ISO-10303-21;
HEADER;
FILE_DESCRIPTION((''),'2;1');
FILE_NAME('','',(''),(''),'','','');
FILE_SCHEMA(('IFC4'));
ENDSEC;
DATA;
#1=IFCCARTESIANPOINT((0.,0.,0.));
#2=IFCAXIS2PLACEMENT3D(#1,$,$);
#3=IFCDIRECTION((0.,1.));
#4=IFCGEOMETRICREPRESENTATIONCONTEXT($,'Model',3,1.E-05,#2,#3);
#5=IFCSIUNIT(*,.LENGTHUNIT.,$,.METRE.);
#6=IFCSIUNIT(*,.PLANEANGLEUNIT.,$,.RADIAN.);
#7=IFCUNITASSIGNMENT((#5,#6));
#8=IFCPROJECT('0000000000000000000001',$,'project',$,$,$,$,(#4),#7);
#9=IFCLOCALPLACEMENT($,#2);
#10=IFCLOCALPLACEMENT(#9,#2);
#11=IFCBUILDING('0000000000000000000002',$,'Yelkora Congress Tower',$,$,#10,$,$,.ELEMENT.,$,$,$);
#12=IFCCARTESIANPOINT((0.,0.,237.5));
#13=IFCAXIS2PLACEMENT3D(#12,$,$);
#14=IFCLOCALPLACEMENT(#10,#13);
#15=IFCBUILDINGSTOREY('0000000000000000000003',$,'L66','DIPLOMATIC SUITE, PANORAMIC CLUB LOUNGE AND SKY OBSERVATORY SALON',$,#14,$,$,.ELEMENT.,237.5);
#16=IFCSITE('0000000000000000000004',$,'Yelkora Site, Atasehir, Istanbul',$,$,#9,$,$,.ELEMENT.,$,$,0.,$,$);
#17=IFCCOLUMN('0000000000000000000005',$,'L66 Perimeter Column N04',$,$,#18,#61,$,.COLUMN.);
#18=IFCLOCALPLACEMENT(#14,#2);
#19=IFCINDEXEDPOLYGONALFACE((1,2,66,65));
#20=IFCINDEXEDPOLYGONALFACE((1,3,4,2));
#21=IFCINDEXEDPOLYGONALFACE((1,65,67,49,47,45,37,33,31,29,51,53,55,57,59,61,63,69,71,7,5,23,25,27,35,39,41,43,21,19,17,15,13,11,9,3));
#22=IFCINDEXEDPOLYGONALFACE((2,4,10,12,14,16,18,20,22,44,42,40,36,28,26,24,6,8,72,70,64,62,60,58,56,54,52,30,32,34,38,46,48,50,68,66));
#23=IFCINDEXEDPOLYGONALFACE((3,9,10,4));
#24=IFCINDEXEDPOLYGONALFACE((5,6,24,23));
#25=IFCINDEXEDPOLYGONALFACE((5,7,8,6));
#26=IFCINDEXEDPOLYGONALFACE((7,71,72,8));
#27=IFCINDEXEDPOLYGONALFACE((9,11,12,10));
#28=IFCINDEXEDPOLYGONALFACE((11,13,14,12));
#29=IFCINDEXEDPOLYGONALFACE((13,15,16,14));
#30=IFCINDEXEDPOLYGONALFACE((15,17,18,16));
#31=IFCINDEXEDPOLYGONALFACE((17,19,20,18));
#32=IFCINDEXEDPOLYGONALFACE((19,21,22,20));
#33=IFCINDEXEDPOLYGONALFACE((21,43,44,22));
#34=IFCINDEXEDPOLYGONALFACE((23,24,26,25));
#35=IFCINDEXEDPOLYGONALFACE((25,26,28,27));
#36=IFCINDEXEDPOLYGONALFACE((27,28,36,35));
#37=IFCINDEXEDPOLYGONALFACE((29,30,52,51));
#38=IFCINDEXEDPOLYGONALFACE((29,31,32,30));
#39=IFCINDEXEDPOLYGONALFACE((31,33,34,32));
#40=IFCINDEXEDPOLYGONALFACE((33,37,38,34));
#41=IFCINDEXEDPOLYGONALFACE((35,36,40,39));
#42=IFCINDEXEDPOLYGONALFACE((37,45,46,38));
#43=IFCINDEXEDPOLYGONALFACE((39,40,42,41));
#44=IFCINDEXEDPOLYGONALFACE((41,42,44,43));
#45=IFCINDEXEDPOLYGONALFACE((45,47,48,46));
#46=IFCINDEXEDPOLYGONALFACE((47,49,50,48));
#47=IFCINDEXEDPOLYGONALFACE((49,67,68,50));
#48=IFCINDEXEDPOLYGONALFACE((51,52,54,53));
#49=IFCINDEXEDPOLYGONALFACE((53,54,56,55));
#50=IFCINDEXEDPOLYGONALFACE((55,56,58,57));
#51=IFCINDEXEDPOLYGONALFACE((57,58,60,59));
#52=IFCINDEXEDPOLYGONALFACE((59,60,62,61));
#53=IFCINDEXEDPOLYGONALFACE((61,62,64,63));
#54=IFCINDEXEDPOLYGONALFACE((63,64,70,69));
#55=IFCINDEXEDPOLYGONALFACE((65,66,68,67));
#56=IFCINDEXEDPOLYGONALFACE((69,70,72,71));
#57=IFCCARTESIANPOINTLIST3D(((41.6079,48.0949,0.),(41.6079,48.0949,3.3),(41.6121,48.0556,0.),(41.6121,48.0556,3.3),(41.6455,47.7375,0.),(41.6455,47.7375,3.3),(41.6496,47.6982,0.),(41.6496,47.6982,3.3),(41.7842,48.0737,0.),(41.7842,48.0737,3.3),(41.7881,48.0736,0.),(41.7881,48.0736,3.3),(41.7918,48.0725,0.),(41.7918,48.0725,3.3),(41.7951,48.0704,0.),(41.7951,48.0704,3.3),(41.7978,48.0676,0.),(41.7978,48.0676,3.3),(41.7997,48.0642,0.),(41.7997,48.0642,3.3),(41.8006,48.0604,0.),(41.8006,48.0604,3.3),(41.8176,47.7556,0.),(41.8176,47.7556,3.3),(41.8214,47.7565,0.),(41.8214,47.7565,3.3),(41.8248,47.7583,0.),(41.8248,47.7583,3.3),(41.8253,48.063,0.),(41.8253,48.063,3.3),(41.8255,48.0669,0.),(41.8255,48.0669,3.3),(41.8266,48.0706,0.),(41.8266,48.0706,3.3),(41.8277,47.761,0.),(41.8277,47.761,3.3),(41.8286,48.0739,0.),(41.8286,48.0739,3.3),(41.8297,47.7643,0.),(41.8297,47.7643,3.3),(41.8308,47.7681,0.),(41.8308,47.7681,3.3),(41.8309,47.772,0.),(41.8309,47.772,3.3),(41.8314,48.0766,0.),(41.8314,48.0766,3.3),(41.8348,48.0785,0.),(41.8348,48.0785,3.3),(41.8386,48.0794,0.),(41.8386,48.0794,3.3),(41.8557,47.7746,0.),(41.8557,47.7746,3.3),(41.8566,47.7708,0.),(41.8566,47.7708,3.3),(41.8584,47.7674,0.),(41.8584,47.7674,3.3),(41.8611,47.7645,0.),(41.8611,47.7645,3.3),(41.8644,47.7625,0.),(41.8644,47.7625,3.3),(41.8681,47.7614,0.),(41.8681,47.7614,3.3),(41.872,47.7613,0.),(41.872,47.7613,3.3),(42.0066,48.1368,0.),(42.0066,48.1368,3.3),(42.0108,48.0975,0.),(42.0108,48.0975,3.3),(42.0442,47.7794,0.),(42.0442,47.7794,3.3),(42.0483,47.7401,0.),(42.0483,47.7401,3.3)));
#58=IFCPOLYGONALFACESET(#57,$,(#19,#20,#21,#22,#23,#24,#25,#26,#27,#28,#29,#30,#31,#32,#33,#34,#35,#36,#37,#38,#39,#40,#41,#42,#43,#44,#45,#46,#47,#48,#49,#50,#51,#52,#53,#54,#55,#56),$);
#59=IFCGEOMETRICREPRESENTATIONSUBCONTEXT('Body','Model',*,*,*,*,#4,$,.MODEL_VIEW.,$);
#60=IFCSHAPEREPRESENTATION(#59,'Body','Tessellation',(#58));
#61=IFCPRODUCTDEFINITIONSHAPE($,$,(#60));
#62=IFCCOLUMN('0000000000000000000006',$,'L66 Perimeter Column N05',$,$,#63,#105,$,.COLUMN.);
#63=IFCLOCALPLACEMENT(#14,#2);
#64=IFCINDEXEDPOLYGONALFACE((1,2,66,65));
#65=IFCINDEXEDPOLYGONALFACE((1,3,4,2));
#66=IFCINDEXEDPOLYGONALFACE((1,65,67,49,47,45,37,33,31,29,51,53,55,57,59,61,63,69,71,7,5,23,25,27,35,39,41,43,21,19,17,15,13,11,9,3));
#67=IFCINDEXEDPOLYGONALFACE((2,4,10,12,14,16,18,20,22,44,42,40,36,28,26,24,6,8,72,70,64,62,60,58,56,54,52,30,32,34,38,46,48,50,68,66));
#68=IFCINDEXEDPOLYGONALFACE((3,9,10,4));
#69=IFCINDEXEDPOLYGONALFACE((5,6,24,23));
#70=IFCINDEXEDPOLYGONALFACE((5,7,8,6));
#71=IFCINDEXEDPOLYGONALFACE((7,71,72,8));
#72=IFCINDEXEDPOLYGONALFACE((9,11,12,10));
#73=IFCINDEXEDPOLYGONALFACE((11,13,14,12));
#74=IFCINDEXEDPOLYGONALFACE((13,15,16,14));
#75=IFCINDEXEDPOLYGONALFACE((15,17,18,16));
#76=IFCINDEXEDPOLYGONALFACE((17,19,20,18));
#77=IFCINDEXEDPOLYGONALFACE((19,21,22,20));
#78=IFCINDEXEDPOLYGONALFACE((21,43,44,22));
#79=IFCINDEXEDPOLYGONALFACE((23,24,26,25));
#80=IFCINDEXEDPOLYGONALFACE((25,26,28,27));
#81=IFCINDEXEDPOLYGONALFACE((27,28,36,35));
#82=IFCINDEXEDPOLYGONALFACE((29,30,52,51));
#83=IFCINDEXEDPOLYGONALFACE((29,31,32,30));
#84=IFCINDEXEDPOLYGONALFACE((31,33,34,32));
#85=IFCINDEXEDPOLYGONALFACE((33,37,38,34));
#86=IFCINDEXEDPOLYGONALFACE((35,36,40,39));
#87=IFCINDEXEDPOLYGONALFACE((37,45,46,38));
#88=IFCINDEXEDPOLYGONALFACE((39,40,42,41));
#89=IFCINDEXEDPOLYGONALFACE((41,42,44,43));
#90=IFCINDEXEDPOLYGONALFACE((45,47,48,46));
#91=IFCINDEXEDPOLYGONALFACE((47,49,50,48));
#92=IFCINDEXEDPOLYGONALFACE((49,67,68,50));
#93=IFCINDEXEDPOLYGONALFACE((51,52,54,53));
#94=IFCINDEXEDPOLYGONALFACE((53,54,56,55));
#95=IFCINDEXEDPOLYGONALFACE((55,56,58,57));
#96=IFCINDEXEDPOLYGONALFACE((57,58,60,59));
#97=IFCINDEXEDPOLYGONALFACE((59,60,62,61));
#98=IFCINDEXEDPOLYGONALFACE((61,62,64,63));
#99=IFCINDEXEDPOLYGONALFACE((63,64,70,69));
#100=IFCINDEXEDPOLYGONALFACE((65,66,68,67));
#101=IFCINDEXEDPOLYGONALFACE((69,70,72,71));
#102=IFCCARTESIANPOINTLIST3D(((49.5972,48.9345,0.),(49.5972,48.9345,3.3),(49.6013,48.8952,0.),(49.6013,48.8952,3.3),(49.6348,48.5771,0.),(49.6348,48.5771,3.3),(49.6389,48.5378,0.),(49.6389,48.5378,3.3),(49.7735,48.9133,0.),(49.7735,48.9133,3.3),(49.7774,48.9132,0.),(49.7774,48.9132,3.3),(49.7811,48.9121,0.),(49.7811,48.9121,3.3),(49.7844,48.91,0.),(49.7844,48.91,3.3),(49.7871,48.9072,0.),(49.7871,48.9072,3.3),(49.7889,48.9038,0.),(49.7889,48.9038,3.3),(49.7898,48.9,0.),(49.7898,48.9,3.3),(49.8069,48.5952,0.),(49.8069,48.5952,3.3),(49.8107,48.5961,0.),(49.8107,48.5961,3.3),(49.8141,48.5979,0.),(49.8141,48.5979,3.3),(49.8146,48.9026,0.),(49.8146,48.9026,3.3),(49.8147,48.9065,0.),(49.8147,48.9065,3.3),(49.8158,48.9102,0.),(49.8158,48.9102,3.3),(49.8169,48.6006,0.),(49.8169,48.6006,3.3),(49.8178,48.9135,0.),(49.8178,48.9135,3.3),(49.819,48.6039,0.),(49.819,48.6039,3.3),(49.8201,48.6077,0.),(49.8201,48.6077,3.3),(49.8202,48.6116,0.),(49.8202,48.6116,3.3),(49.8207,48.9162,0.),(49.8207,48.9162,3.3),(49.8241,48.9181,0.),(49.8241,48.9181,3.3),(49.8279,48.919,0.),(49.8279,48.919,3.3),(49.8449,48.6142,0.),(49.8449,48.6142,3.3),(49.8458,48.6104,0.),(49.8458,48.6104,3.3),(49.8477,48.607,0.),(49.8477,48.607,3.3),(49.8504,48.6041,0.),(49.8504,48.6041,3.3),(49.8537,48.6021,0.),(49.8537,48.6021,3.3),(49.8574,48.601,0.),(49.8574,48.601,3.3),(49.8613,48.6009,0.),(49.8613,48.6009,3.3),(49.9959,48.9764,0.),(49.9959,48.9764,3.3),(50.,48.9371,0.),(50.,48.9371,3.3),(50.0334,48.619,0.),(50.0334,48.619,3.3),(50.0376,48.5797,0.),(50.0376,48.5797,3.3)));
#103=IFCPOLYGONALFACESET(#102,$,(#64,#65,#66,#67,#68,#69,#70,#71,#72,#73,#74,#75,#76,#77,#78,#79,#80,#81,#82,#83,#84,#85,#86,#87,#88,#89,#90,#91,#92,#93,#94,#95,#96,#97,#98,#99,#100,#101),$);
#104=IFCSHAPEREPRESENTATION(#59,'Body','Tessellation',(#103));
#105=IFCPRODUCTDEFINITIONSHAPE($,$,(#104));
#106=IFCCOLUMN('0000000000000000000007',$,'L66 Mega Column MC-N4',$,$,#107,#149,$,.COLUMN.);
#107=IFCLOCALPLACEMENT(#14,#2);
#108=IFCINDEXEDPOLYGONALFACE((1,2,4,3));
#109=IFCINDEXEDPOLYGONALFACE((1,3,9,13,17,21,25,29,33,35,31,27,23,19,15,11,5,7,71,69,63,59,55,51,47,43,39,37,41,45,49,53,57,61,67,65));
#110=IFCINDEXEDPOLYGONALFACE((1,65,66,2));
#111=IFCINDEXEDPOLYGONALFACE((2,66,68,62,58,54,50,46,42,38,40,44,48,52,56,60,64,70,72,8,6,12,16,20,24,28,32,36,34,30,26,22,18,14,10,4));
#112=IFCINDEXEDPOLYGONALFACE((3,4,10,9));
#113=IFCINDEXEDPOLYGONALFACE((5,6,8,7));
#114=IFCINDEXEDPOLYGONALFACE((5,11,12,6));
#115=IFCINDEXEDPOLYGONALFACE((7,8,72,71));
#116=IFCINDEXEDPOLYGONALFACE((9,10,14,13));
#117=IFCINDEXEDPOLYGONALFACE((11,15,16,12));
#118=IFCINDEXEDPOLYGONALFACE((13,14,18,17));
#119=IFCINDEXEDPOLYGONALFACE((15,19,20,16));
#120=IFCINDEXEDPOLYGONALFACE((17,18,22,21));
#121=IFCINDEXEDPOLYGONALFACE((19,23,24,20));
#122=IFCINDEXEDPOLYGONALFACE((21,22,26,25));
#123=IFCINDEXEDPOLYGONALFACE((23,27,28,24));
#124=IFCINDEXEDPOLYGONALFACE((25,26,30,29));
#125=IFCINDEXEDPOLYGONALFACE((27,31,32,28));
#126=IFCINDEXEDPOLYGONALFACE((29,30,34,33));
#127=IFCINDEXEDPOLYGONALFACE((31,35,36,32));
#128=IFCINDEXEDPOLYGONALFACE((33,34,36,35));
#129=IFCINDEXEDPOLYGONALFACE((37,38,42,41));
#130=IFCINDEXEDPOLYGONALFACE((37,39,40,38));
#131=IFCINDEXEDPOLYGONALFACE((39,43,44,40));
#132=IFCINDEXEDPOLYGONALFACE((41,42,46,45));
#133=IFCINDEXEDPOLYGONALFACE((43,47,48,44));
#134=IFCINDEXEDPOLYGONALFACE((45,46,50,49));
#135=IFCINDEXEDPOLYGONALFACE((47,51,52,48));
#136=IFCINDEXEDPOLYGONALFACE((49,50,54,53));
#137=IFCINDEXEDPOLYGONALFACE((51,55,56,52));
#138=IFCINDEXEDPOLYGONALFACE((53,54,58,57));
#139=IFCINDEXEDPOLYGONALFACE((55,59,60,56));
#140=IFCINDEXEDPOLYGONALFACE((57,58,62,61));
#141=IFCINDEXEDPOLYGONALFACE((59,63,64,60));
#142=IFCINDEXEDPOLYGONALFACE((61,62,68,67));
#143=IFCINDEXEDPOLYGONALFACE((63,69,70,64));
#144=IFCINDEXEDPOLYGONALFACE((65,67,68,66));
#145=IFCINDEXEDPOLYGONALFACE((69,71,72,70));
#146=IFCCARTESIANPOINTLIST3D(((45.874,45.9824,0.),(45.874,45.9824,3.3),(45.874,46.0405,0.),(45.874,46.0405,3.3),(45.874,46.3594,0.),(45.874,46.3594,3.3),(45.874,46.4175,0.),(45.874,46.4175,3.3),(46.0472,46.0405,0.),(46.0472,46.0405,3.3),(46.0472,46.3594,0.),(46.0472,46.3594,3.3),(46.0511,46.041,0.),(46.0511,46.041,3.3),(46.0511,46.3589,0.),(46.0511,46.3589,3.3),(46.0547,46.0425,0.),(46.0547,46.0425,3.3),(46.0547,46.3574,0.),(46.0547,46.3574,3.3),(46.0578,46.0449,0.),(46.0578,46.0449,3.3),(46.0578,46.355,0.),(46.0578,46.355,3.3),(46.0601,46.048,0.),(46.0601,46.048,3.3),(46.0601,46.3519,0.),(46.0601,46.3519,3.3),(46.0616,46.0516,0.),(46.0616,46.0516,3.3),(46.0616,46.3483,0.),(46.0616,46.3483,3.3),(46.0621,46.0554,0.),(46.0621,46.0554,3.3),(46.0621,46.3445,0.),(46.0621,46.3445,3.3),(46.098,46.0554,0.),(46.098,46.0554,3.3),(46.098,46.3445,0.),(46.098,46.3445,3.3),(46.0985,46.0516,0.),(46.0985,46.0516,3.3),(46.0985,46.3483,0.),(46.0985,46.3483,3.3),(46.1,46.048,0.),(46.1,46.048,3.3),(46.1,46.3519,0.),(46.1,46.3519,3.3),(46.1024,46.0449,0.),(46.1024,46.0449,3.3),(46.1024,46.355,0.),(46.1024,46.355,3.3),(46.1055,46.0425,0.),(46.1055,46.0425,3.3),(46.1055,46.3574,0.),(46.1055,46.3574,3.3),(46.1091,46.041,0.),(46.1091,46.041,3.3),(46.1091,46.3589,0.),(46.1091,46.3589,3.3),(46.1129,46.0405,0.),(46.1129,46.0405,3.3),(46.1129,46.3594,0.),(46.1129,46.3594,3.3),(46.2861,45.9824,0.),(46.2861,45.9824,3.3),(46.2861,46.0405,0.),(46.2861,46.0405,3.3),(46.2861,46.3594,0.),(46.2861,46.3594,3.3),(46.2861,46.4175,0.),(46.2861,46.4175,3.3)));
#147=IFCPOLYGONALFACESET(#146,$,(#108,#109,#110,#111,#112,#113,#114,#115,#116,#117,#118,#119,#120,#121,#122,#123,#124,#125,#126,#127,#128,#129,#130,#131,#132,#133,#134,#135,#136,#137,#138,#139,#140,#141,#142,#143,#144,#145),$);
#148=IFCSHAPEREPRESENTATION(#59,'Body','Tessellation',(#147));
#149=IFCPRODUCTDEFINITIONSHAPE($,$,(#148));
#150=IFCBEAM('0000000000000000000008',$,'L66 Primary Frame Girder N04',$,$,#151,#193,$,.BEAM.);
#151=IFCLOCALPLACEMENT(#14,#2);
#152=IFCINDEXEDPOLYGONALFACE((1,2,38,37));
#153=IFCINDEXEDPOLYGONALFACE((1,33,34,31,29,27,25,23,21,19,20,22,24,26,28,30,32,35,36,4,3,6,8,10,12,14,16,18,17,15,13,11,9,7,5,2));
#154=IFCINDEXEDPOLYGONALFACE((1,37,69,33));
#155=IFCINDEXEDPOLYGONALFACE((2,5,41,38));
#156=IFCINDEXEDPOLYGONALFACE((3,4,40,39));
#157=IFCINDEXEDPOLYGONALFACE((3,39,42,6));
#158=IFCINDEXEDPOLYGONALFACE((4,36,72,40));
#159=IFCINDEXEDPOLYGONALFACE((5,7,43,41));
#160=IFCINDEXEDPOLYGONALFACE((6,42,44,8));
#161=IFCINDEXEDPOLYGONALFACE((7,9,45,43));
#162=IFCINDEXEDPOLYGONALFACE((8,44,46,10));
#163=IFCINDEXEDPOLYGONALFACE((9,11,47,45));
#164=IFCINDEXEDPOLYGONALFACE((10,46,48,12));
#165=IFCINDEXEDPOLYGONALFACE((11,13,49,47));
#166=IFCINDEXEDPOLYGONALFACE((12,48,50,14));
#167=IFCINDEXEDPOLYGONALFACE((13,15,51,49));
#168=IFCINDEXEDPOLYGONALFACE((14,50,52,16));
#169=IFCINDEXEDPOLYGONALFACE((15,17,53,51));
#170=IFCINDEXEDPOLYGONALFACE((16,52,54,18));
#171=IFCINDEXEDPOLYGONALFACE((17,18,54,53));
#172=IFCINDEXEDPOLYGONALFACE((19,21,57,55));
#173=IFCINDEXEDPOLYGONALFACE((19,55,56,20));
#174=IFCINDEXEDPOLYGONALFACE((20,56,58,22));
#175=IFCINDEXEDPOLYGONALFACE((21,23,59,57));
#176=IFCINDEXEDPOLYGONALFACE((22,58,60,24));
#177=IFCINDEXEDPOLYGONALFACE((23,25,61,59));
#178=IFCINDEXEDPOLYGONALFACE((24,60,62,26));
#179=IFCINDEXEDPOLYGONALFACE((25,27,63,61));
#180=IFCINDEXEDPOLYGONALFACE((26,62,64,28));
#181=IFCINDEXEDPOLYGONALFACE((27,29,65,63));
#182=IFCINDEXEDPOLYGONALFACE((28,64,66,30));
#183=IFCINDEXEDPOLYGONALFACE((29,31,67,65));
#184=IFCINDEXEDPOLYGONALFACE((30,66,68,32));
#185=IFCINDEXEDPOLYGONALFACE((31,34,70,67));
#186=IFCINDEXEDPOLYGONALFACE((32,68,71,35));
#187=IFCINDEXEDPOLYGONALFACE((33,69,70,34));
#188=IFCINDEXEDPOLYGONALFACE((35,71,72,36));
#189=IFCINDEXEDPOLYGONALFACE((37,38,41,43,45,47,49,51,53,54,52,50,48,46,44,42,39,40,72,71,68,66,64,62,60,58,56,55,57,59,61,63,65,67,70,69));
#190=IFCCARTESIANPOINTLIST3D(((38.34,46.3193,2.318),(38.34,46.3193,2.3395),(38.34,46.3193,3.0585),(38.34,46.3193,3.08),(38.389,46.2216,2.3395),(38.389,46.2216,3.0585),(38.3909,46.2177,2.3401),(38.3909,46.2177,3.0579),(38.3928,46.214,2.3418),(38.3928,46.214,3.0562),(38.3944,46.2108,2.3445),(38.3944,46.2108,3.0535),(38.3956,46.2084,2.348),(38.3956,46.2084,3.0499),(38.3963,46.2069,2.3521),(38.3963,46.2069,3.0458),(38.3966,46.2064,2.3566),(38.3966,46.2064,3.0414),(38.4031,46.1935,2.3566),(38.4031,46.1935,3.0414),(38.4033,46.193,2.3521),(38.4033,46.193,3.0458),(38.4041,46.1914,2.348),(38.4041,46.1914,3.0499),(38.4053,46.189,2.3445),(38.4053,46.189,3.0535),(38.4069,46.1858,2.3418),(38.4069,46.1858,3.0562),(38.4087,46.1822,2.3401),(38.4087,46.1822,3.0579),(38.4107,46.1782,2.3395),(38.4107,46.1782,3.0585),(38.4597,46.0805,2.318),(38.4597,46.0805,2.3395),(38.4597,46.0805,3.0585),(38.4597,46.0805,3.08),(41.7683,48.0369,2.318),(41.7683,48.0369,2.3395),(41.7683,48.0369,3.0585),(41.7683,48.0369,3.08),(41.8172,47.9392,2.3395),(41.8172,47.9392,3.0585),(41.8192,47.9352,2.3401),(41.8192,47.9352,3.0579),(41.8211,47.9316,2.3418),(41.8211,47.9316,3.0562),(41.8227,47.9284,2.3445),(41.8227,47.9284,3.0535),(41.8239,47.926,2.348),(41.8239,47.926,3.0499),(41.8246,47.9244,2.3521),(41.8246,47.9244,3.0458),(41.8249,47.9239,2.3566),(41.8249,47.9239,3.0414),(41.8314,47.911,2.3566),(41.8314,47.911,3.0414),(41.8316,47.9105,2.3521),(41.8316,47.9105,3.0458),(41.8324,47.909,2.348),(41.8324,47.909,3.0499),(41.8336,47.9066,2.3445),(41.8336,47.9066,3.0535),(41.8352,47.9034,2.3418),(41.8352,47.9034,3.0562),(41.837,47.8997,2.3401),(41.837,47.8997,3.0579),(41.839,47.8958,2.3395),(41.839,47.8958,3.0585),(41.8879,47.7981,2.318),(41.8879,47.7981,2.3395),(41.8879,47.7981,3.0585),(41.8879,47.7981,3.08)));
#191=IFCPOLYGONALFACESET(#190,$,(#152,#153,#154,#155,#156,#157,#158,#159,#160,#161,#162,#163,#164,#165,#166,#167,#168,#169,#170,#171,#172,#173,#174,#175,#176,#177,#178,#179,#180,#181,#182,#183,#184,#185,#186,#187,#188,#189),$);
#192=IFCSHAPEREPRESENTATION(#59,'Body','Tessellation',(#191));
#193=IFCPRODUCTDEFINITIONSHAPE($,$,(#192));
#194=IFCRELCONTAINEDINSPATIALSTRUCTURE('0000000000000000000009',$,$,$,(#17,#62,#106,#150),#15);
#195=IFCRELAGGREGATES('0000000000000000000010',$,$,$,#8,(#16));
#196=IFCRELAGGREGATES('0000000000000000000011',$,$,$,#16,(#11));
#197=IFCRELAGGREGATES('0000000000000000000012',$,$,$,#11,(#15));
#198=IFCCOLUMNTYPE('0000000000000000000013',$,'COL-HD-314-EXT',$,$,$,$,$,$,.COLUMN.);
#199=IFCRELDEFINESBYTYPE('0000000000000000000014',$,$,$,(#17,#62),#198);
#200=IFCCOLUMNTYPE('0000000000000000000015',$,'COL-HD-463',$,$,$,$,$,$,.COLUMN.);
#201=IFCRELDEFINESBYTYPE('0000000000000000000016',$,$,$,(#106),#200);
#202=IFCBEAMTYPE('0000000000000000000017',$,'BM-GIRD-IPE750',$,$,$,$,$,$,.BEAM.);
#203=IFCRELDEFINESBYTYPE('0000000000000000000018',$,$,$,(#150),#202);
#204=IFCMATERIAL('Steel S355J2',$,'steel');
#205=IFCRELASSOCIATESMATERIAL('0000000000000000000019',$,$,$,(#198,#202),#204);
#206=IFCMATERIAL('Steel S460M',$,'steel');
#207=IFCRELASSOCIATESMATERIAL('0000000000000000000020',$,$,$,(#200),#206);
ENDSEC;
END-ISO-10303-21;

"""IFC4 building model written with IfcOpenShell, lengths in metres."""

from ifc_helpers import new_model, si_unit, direction, frame, origin, origin_2d, place, context, subcontext, project, spatial, i_section, extrude, material, material_profile, profile_set, type_object, element, save


model = new_model("IFC4")

# Units and contexts
model_context = context("Model", 3, precision=1e-05, world=origin(), true_north=direction((0.0, 1.0)))
body_context = subcontext(model_context, "Body", "Model", "MODEL_VIEW")
ifc_project = project(units=[si_unit("LENGTHUNIT", "METRE"), si_unit("PLANEANGLEUNIT", "RADIAN")], contexts=[model_context])

# Site, building, storey
site_placement = place(None, origin())
site = spatial("IfcSite", under=ifc_project, at=site_placement, Name="Yelkora Site, Atasehir, Istanbul", CompositionType="ELEMENT", RefElevation=0.0)
building_placement = place(site_placement, origin())
building = spatial("IfcBuilding", under=site, at=building_placement, Name="Yelkora Congress Tower", CompositionType="ELEMENT")
storey_placement = place(building_placement, frame((0.0, 0.0, 237.5)))
storey = spatial("IfcBuildingStorey", under=building, at=storey_placement, Name="L66", Description="DIPLOMATIC SUITE, PANORAMIC CLUB LOUNGE AND SKY OBSERVATORY SALON", CompositionType="ELEMENT", Elevation=237.5)

# Columns
ifc_material_1 = material(Name="Steel S355J2", Category="steel")
ifc_material_profile_1 = material_profile(ifc_material_1, i_section(OverallWidth=0.4009, OverallDepth=0.3989, WebThickness=0.0249, FlangeThickness=0.0396, FilletRadius=0.0149, at=origin_2d()), Name="HD 400x314")
ifc_profile_set_1 = profile_set([ifc_material_profile_1], Name="Steel S355J2")
column_type_1 = type_object("IfcColumnType", Name="COL-HD-314-EXT", PredefinedType="COLUMN", material=ifc_profile_set_1)
for number, where, z_axis, x_axis, name in (
    (1, (41.8281, 47.9175, 0.0), (0.0, 0.0, 1.0), (0.994522, 0.104528, 0.0), "L66 Perimeter Column N04"),
    (2, (49.8174, 48.7571, 0.0), (0.0, 0.0, 1.0), (0.994522, 0.104528, 0.0), "L66 Perimeter Column N05"),
):
    element("IfcColumn", number, at=place(storey_placement, frame(where, z_axis=z_axis, x_axis=x_axis)), inside=storey, type_object=column_type_1, Name=name, PredefinedType="COLUMN", context=body_context, shape_type="SweptSolid", body=[
        extrude(i_section(OverallWidth=0.4009, OverallDepth=0.3989, WebThickness=0.0249, FlangeThickness=0.0396, FilletRadius=0.0149, at=origin_2d()), origin(), (0.0, 0.0, 1.0), 3.3),
    ])
ifc_material_2 = material(Name="Steel S460M", Category="steel")
ifc_material_profile_2 = material_profile(ifc_material_2, i_section(OverallWidth=0.4121, OverallDepth=0.4351, WebThickness=0.0359, FlangeThickness=0.0581, FilletRadius=0.0149, at=origin_2d()), Name="HD 400x463")
ifc_profile_set_2 = profile_set([ifc_material_profile_2], Name="Steel S460M")
column_type_2 = type_object("IfcColumnType", Name="COL-HD-463", PredefinedType="COLUMN", material=ifc_profile_set_2)
column_placement = place(storey_placement, frame((46.0801, 46.2, 0.0), z_axis=(0.0, 0.0, 1.0), x_axis=(1.0, 0.0, 0.0)))
element("IfcColumn", 3, at=column_placement, inside=storey, type_object=column_type_2, Name="L66 Mega Column MC-N4", PredefinedType="COLUMN", context=body_context, shape_type="SweptSolid", body=[
    extrude(i_section(OverallWidth=0.4121, OverallDepth=0.4351, WebThickness=0.0359, FlangeThickness=0.0581, FilletRadius=0.0149, at=origin_2d()), origin(), (0.0, 0.0, 1.0), 3.3),
])

# Beam
ifc_material_profile_3 = material_profile(ifc_material_1, i_section(OverallWidth=0.2671, OverallDepth=0.762, WebThickness=0.0144, FlangeThickness=0.0215, FilletRadius=0.0171, at=origin_2d()), Name="IPE 750x173")
ifc_profile_set_3 = profile_set([ifc_material_profile_3], Name="Steel S355J2")
beam_type_1 = type_object("IfcBeamType", Name="BM-GIRD-IPE750", PredefinedType="BEAM", material=ifc_profile_set_3)
beam_1_placement = place(storey_placement, frame((41.8281, 47.9175, 2.699), z_axis=(-0.89407, -0.447927, 0.0), x_axis=(0.447927, -0.89407, 0.0)))
element("IfcBeam", 4, at=beam_1_placement, inside=storey, type_object=beam_type_1, Name="L66 Primary Frame Girder N04", PredefinedType="BEAM", context=body_context, shape_type="SweptSolid", body=[
    extrude(i_section(OverallWidth=0.2671, OverallDepth=0.762, WebThickness=0.0144, FlangeThickness=0.0215, FilletRadius=0.0171, at=origin_2d()), origin(), (0.0, 0.0, 1.0), 3.8345),
])

save(model, "model.ifc")
